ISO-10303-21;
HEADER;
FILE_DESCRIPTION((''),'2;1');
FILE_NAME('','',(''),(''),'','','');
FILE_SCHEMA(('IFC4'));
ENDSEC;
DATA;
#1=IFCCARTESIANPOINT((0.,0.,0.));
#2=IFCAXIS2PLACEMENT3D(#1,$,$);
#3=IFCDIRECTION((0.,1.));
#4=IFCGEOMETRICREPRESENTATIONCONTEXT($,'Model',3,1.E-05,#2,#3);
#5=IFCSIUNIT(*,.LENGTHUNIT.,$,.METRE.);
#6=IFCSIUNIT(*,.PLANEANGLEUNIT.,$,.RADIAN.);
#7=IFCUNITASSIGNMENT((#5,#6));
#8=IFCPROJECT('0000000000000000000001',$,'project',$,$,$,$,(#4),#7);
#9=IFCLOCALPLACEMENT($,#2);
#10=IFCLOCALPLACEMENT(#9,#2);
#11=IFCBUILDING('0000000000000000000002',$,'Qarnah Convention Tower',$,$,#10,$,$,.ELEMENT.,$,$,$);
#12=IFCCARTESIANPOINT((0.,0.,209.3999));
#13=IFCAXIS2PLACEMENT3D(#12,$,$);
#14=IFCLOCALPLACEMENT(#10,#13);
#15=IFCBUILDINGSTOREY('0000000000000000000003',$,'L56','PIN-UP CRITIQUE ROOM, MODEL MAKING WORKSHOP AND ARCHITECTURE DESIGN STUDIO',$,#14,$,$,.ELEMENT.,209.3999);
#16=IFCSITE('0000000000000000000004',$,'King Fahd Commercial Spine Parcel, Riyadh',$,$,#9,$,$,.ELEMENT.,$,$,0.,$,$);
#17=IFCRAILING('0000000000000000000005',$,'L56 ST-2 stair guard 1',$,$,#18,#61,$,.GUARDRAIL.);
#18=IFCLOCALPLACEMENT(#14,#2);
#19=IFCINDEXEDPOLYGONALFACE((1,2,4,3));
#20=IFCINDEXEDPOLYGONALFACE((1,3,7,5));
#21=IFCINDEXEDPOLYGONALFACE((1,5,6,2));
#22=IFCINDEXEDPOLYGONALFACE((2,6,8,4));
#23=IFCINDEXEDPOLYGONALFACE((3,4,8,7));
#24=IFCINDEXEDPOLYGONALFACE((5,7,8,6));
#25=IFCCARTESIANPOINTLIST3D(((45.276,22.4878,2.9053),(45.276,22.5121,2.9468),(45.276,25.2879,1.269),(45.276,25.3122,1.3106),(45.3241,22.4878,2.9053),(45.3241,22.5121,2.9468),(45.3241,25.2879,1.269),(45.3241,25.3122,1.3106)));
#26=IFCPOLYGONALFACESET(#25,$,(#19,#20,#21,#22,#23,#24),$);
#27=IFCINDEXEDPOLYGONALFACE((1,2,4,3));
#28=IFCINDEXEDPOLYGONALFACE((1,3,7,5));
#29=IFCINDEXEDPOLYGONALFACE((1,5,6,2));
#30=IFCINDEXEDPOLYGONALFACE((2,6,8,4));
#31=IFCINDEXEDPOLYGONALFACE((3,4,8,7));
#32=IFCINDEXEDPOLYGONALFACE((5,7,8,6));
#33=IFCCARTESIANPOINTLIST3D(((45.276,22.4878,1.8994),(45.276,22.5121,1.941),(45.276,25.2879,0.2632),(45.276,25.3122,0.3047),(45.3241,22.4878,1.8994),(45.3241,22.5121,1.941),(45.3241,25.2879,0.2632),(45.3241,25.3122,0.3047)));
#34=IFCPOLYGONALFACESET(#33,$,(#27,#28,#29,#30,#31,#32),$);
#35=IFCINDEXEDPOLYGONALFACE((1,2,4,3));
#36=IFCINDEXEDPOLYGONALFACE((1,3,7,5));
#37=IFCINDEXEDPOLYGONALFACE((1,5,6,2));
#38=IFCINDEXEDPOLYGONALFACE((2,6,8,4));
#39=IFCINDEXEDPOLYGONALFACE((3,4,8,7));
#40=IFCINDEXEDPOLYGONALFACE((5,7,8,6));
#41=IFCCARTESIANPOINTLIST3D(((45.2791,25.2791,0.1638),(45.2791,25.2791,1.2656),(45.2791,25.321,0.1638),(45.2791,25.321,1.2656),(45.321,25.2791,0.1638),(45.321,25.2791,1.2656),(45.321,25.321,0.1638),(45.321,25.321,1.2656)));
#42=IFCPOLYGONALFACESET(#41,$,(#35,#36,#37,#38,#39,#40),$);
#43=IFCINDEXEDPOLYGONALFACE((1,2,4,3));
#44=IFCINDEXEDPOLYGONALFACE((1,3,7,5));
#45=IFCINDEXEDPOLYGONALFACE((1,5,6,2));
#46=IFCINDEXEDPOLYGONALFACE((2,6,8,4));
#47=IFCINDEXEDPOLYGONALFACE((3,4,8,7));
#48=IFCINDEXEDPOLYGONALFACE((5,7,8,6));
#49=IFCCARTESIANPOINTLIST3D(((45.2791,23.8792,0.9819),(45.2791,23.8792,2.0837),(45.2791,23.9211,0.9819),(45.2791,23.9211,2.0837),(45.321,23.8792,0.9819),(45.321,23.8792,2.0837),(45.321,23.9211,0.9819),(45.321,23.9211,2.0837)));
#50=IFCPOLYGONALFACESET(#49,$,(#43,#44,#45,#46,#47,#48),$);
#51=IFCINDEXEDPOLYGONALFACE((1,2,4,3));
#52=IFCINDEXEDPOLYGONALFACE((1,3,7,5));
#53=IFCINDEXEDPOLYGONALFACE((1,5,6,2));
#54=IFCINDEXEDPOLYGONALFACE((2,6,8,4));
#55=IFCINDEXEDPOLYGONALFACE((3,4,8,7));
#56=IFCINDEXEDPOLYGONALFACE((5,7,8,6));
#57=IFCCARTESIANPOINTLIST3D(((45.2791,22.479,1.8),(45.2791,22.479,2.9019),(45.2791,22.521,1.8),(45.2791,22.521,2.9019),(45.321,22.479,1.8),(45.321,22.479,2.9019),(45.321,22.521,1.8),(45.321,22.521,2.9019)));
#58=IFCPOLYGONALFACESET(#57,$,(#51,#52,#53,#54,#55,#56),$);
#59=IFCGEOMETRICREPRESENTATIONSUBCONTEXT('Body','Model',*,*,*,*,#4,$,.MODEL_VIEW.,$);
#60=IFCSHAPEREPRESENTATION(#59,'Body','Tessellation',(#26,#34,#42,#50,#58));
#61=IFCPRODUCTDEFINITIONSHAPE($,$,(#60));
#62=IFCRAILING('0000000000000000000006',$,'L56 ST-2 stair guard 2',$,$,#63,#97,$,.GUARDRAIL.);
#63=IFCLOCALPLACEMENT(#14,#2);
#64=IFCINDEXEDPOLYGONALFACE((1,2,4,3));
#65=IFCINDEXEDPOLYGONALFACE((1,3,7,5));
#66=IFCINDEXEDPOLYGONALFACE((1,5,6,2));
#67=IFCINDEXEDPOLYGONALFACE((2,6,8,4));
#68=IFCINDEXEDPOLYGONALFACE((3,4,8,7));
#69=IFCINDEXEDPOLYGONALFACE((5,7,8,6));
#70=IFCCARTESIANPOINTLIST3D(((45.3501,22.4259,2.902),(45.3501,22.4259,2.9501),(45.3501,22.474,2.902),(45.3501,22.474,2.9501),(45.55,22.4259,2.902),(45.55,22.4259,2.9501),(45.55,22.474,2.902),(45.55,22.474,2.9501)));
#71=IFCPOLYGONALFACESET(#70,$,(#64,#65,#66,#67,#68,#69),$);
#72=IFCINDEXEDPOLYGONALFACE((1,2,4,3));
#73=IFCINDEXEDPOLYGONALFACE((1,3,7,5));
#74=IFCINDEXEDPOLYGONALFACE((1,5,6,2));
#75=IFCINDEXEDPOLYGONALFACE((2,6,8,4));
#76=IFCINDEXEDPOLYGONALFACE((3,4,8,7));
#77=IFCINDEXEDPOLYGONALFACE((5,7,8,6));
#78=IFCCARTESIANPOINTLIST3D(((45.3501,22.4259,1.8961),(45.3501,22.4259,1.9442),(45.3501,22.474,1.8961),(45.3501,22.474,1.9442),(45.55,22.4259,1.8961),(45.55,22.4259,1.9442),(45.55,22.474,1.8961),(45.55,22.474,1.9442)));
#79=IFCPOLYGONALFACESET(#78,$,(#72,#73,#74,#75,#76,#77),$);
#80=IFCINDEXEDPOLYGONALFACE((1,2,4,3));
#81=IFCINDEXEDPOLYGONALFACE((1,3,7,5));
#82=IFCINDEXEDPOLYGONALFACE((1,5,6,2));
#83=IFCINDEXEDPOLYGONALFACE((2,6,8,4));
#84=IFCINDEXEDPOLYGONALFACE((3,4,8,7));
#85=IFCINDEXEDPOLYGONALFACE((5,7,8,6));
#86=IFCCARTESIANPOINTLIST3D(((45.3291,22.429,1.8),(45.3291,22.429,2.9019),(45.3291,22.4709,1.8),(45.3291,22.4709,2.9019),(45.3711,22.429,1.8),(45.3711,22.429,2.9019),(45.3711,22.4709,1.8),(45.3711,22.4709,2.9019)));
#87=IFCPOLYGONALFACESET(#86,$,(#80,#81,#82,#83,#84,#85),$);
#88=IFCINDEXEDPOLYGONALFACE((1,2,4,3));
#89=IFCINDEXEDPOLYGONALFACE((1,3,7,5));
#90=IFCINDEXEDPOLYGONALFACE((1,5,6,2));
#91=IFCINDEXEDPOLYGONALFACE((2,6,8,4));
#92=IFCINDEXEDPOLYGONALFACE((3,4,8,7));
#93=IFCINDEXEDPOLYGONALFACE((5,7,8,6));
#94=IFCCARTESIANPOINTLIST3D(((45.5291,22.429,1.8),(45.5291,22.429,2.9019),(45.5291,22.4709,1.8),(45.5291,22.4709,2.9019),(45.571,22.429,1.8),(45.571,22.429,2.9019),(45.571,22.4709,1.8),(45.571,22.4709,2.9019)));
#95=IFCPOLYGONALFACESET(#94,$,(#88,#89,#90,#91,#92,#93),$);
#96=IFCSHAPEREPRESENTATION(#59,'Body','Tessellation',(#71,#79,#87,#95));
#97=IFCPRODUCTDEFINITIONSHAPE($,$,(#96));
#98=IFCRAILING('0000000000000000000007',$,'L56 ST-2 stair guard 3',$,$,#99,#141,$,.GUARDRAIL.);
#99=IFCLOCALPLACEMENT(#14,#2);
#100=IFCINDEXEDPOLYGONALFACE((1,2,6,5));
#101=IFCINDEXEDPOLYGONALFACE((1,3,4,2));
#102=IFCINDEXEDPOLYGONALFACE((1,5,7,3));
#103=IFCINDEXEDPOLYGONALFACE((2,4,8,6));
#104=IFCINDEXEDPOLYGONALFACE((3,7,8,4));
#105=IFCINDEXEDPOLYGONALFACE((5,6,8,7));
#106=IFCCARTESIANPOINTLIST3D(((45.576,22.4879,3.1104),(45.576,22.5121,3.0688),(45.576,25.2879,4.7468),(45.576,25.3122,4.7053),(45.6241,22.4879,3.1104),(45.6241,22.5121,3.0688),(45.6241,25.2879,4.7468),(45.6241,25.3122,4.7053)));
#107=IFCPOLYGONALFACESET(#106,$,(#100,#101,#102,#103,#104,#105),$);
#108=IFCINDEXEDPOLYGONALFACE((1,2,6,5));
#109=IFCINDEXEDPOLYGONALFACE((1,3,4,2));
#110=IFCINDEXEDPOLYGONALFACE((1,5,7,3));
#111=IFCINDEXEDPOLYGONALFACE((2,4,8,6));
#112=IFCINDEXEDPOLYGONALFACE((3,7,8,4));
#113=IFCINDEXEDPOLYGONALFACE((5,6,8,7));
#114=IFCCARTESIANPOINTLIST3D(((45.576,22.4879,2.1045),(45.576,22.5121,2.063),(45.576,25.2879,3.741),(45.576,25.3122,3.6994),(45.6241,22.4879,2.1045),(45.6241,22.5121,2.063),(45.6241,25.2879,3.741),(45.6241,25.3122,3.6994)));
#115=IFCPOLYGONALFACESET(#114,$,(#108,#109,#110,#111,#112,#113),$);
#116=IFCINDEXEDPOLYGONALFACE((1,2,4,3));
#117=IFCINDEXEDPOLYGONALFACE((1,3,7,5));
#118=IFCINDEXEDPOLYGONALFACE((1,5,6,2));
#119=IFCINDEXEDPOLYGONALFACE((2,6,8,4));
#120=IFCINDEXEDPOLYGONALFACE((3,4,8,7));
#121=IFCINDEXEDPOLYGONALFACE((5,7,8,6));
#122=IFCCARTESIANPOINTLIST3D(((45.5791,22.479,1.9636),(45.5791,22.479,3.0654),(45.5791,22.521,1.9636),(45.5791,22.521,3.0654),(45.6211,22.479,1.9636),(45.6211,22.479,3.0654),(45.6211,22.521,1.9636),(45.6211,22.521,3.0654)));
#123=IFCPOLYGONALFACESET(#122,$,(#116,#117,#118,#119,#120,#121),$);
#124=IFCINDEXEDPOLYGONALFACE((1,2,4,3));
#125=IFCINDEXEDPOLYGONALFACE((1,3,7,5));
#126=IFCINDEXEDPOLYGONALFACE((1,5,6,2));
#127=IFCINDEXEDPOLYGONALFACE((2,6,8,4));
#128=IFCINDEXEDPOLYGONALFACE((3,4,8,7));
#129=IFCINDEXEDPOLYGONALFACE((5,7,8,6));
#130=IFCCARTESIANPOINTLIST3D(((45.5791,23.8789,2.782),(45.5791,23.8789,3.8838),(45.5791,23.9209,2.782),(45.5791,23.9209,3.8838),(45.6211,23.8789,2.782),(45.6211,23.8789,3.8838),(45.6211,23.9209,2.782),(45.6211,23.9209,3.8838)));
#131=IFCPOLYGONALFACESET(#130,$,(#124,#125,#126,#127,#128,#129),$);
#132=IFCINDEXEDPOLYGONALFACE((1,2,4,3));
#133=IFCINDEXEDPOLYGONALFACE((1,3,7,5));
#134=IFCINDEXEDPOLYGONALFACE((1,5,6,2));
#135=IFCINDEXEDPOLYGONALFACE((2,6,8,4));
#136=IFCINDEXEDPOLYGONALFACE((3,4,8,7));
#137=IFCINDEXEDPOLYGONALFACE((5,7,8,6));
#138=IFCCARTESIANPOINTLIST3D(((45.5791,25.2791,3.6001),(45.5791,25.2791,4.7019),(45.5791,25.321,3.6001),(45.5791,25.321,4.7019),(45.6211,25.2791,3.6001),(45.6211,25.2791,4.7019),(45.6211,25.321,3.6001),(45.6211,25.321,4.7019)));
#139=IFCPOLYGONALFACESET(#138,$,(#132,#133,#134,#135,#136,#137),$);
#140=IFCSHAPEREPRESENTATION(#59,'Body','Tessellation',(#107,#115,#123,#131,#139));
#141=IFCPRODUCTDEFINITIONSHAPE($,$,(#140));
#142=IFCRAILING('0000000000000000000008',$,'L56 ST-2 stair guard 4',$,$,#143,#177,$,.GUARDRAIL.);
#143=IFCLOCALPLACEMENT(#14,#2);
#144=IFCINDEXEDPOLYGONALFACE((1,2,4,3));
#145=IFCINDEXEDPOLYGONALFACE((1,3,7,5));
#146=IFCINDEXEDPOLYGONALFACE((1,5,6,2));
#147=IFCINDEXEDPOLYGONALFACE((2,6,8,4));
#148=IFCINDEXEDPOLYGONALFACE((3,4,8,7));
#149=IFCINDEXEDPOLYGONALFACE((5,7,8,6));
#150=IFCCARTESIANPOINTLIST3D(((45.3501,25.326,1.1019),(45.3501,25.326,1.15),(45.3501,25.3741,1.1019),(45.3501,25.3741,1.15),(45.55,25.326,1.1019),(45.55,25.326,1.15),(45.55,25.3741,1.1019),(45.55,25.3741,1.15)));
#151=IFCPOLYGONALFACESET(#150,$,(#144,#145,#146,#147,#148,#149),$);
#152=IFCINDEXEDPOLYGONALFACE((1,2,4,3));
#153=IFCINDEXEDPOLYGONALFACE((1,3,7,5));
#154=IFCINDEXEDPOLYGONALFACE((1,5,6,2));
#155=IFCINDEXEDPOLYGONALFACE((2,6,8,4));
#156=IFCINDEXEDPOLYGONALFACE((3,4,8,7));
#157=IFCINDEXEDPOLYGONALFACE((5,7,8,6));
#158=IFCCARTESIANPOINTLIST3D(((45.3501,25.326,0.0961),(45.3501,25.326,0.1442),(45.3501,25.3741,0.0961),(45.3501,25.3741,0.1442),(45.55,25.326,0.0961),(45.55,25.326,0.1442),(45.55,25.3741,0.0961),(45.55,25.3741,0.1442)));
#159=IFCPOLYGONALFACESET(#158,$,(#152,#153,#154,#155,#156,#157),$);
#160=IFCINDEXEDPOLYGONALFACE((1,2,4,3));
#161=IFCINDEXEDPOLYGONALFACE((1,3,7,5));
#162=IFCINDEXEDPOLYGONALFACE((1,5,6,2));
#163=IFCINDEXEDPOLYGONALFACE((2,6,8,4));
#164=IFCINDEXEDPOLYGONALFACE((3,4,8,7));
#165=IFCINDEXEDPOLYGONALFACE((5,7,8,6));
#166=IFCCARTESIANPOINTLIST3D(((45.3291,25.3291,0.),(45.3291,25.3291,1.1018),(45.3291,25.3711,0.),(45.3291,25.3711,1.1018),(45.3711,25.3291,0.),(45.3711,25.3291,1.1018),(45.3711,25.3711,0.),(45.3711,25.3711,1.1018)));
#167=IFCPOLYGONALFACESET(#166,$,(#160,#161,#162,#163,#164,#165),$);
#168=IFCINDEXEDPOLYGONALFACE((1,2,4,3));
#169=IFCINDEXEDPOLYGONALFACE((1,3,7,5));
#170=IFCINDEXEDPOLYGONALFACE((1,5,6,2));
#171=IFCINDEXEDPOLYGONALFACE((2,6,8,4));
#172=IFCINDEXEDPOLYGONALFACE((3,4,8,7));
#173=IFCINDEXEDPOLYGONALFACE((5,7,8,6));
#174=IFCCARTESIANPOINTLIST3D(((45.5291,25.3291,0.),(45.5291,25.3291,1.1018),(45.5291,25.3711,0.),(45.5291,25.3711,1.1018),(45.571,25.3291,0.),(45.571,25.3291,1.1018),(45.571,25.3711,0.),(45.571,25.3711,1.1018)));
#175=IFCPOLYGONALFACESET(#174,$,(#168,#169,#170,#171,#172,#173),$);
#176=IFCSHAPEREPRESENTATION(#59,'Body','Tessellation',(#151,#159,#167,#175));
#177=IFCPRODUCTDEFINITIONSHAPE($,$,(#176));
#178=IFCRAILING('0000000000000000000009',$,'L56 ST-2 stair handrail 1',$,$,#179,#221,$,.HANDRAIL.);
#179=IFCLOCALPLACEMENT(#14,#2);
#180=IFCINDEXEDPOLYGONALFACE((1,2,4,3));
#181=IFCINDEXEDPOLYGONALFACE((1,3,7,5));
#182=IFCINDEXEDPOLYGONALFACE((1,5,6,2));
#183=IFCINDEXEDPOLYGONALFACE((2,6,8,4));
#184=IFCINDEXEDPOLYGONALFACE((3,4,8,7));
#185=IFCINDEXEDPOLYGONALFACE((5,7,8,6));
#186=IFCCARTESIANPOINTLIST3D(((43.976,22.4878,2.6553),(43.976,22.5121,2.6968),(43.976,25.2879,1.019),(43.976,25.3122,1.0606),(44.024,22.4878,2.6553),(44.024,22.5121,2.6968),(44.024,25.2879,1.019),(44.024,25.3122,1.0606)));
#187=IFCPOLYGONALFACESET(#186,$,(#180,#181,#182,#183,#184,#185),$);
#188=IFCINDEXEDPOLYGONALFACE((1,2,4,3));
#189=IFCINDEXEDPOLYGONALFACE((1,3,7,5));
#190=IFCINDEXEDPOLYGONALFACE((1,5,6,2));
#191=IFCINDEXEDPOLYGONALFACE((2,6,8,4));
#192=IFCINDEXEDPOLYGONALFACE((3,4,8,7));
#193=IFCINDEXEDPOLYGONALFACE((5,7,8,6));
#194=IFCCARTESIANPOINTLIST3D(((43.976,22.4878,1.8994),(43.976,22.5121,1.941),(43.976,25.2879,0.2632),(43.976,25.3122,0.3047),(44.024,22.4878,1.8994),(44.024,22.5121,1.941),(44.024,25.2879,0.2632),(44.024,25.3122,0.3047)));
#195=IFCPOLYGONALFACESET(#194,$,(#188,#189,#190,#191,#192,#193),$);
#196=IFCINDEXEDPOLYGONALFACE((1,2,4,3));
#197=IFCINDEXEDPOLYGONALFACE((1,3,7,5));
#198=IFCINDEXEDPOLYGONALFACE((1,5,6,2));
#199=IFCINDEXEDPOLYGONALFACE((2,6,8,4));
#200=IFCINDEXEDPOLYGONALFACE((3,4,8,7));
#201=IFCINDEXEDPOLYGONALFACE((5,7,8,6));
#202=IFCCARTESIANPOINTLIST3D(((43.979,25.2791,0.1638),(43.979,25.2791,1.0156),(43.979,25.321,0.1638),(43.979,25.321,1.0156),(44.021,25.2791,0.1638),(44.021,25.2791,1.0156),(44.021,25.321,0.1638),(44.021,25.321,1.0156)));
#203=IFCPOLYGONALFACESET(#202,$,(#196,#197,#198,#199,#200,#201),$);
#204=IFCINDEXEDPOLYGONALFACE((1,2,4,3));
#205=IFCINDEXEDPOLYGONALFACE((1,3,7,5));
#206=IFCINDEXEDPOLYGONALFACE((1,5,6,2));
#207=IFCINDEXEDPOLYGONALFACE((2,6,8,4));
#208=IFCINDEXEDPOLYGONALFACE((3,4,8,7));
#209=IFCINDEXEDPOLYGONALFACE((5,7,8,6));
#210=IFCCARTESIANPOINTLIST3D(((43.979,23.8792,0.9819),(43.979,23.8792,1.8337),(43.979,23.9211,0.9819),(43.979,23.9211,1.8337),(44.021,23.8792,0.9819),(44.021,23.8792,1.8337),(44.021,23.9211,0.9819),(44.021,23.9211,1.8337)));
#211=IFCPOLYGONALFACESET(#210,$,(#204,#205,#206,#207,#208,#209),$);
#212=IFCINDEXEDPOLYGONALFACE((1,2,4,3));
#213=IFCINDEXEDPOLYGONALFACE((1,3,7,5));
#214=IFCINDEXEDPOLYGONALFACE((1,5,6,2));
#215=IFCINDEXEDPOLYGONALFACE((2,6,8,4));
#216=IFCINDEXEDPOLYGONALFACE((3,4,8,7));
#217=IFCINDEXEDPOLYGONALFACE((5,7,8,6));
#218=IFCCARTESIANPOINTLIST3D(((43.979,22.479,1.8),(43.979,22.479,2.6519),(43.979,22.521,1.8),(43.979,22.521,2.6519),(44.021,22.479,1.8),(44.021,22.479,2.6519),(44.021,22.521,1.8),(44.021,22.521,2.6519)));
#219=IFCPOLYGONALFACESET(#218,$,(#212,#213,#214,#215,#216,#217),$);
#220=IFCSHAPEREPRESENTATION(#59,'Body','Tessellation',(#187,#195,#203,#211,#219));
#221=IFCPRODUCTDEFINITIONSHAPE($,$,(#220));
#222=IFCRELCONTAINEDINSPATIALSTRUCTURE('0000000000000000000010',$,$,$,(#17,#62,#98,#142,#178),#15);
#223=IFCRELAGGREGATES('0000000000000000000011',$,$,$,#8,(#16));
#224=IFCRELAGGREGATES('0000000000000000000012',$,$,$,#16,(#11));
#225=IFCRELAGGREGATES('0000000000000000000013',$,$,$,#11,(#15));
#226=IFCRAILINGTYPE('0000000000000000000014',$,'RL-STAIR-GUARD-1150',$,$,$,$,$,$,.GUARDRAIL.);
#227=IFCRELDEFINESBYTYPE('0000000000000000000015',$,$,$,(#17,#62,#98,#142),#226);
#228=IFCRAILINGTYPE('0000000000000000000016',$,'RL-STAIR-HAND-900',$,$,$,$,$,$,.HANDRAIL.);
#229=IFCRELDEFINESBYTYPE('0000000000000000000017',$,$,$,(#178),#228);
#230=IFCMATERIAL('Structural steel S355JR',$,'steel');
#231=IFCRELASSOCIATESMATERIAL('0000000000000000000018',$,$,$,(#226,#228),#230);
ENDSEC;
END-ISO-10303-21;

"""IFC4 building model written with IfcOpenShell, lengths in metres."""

from ifc_helpers import new_model, si_unit, direction, frame, origin, origin_2d, place, context, subcontext, project, spatial, rectangle, extrude, material, type_object, element, save


model = new_model("IFC4")

# Units and contexts
model_context = context("Model", 3, precision=1e-05, world=origin(), true_north=direction((0.0, 1.0)))
body_context = subcontext(model_context, "Body", "Model", "MODEL_VIEW")
ifc_project = project(units=[si_unit("LENGTHUNIT", "METRE"), si_unit("PLANEANGLEUNIT", "RADIAN")], contexts=[model_context])

# Site, building, storey
site_placement = place(None, origin())
site = spatial("IfcSite", under=ifc_project, at=site_placement, Name="King Fahd Commercial Spine Parcel, Riyadh", CompositionType="ELEMENT", RefElevation=0.0)
building_placement = place(site_placement, origin())
building = spatial("IfcBuilding", under=site, at=building_placement, Name="Qarnah Convention Tower", CompositionType="ELEMENT")
storey_placement = place(building_placement, frame((0.0, 0.0, 209.3999)))
storey = spatial("IfcBuildingStorey", under=building, at=storey_placement, Name="L56", Description="PIN-UP CRITIQUE ROOM, MODEL MAKING WORKSHOP AND ARCHITECTURE DESIGN STUDIO", CompositionType="ELEMENT", Elevation=209.3999)

# Shared definitions
ifc_material_1 = material(Name="Structural steel S355JR", Category="steel")

# Railings
railing_type_1 = type_object("IfcRailingType", Name="RL-STAIR-GUARD-1150", PredefinedType="GUARDRAIL", material=ifc_material_1)
railing_1_placement = place(storey_placement, frame((45.3, 25.3, 0.1638)))
element("IfcRailing", 1, at=railing_1_placement, inside=storey, type_object=railing_type_1, Name="L56 ST-2 stair guard 1", PredefinedType="GUARDRAIL", context=body_context, shape_type="SweptSolid", body=[
    extrude(rectangle(XDim=0.0481, YDim=0.0481, at=origin_2d()), frame((0.0, 0.0, 1.126), z_axis=(0.0, -0.863394, 0.504531), x_axis=(1.0, 0.0, 0.0)), (0.0, 0.0, 1.0), 3.2432),
    extrude(rectangle(XDim=0.0481, YDim=0.0481, at=origin_2d()), frame((0.0, 0.0, 0.1201), z_axis=(0.0, -0.863394, 0.504531), x_axis=(1.0, 0.0, 0.0)), (0.0, 0.0, 1.0), 3.2432),
    extrude(rectangle(XDim=0.042, YDim=0.042, at=origin_2d()), origin(), (0.0, 0.0, 1.0), 1.1018),
    extrude(rectangle(XDim=0.042, YDim=0.042, at=origin_2d()), frame((0.0, -1.3999, 0.8181)), (0.0, 0.0, 1.0), 1.1018),
    extrude(rectangle(XDim=0.042, YDim=0.042, at=origin_2d()), frame((0.0, -2.8, 1.6362)), (0.0, 0.0, 1.0), 1.1018),
])
railing_2_placement = place(storey_placement, frame((45.3501, 22.45, 1.8)))
element("IfcRailing", 2, at=railing_2_placement, inside=storey, type_object=railing_type_1, Name="L56 ST-2 stair guard 2", PredefinedType="GUARDRAIL", context=body_context, shape_type="SweptSolid", body=[
    extrude(rectangle(XDim=0.0481, YDim=0.0481, at=origin_2d()), frame((0.0, 0.0, 1.126), z_axis=(1.0, 0.0, 0.0), x_axis=(0.0, 1.0, 0.0)), (0.0, 0.0, 1.0), 0.2),
    extrude(rectangle(XDim=0.0481, YDim=0.0481, at=origin_2d()), frame((0.0, 0.0, 0.1201), z_axis=(1.0, 0.0, 0.0), x_axis=(0.0, 1.0, 0.0)), (0.0, 0.0, 1.0), 0.2),
    extrude(rectangle(XDim=0.042, YDim=0.042, at=origin_2d()), origin(), (0.0, 0.0, 1.0), 1.1018),
    extrude(rectangle(XDim=0.042, YDim=0.042, at=origin_2d()), frame((0.2, 0.0, 0.0)), (0.0, 0.0, 1.0), 1.1018),
])
railing_3_placement = place(storey_placement, frame((45.6001, 22.5, 1.9636)))
element("IfcRailing", 3, at=railing_3_placement, inside=storey, type_object=railing_type_1, Name="L56 ST-2 stair guard 3", PredefinedType="GUARDRAIL", context=body_context, shape_type="SweptSolid", body=[
    extrude(rectangle(XDim=0.0481, YDim=0.0481, at=origin_2d()), frame((0.0, 0.0, 1.126), z_axis=(0.0, 0.863361, 0.504587), x_axis=(-1.0, 0.0, 0.0)), (0.0, 0.0, 1.0), 3.2432),
    extrude(rectangle(XDim=0.0481, YDim=0.0481, at=origin_2d()), frame((0.0, 0.0, 0.1201), z_axis=(0.0, 0.863361, 0.504587), x_axis=(-1.0, 0.0, 0.0)), (0.0, 0.0, 1.0), 3.2432),
    extrude(rectangle(XDim=0.042, YDim=0.042, at=origin_2d()), origin(), (0.0, 0.0, 1.0), 1.1018),
    extrude(rectangle(XDim=0.042, YDim=0.042, at=origin_2d()), frame((0.0, 1.3999, 0.8184)), (0.0, 0.0, 1.0), 1.1018),
    extrude(rectangle(XDim=0.042, YDim=0.042, at=origin_2d()), frame((0.0, 2.8, 1.6365)), (0.0, 0.0, 1.0), 1.1018),
])
railing_4_placement = place(storey_placement, frame((45.3501, 25.3501, 0.0)))
element("IfcRailing", 4, at=railing_4_placement, inside=storey, type_object=railing_type_1, Name="L56 ST-2 stair guard 4", PredefinedType="GUARDRAIL", context=body_context, shape_type="SweptSolid", body=[
    extrude(rectangle(XDim=0.0481, YDim=0.0481, at=origin_2d()), frame((0.0, 0.0, 1.126), z_axis=(1.0, 0.0, 0.0), x_axis=(0.0, 1.0, 0.0)), (0.0, 0.0, 1.0), 0.2),
    extrude(rectangle(XDim=0.0481, YDim=0.0481, at=origin_2d()), frame((0.0, 0.0, 0.1201), z_axis=(1.0, 0.0, 0.0), x_axis=(0.0, 1.0, 0.0)), (0.0, 0.0, 1.0), 0.2),
    extrude(rectangle(XDim=0.042, YDim=0.042, at=origin_2d()), origin(), (0.0, 0.0, 1.0), 1.1018),
    extrude(rectangle(XDim=0.042, YDim=0.042, at=origin_2d()), frame((0.2, 0.0, 0.0)), (0.0, 0.0, 1.0), 1.1018),
])
railing_type_2 = type_object("IfcRailingType", Name="RL-STAIR-HAND-900", PredefinedType="HANDRAIL", material=ifc_material_1)
railing_5_placement = place(storey_placement, frame((44.0, 25.3, 0.1638)))
element("IfcRailing", 5, at=railing_5_placement, inside=storey, type_object=railing_type_2, Name="L56 ST-2 stair handrail 1", PredefinedType="HANDRAIL", context=body_context, shape_type="SweptSolid", body=[
    extrude(rectangle(XDim=0.0481, YDim=0.0481, at=origin_2d()), frame((0.0, 0.0, 0.876), z_axis=(0.0, -0.863394, 0.504531), x_axis=(1.0, 0.0, 0.0)), (0.0, 0.0, 1.0), 3.2432),
    extrude(rectangle(XDim=0.0481, YDim=0.0481, at=origin_2d()), frame((0.0, 0.0, 0.1201), z_axis=(0.0, -0.863394, 0.504531), x_axis=(1.0, 0.0, 0.0)), (0.0, 0.0, 1.0), 3.2432),
    extrude(rectangle(XDim=0.042, YDim=0.042, at=origin_2d()), origin(), (0.0, 0.0, 1.0), 0.8518),
    extrude(rectangle(XDim=0.042, YDim=0.042, at=origin_2d()), frame((0.0, -1.3999, 0.8181)), (0.0, 0.0, 1.0), 0.8518),
    extrude(rectangle(XDim=0.042, YDim=0.042, at=origin_2d()), frame((0.0, -2.8, 1.6362)), (0.0, 0.0, 1.0), 0.8518),
])

save(model, "model.ifc")
